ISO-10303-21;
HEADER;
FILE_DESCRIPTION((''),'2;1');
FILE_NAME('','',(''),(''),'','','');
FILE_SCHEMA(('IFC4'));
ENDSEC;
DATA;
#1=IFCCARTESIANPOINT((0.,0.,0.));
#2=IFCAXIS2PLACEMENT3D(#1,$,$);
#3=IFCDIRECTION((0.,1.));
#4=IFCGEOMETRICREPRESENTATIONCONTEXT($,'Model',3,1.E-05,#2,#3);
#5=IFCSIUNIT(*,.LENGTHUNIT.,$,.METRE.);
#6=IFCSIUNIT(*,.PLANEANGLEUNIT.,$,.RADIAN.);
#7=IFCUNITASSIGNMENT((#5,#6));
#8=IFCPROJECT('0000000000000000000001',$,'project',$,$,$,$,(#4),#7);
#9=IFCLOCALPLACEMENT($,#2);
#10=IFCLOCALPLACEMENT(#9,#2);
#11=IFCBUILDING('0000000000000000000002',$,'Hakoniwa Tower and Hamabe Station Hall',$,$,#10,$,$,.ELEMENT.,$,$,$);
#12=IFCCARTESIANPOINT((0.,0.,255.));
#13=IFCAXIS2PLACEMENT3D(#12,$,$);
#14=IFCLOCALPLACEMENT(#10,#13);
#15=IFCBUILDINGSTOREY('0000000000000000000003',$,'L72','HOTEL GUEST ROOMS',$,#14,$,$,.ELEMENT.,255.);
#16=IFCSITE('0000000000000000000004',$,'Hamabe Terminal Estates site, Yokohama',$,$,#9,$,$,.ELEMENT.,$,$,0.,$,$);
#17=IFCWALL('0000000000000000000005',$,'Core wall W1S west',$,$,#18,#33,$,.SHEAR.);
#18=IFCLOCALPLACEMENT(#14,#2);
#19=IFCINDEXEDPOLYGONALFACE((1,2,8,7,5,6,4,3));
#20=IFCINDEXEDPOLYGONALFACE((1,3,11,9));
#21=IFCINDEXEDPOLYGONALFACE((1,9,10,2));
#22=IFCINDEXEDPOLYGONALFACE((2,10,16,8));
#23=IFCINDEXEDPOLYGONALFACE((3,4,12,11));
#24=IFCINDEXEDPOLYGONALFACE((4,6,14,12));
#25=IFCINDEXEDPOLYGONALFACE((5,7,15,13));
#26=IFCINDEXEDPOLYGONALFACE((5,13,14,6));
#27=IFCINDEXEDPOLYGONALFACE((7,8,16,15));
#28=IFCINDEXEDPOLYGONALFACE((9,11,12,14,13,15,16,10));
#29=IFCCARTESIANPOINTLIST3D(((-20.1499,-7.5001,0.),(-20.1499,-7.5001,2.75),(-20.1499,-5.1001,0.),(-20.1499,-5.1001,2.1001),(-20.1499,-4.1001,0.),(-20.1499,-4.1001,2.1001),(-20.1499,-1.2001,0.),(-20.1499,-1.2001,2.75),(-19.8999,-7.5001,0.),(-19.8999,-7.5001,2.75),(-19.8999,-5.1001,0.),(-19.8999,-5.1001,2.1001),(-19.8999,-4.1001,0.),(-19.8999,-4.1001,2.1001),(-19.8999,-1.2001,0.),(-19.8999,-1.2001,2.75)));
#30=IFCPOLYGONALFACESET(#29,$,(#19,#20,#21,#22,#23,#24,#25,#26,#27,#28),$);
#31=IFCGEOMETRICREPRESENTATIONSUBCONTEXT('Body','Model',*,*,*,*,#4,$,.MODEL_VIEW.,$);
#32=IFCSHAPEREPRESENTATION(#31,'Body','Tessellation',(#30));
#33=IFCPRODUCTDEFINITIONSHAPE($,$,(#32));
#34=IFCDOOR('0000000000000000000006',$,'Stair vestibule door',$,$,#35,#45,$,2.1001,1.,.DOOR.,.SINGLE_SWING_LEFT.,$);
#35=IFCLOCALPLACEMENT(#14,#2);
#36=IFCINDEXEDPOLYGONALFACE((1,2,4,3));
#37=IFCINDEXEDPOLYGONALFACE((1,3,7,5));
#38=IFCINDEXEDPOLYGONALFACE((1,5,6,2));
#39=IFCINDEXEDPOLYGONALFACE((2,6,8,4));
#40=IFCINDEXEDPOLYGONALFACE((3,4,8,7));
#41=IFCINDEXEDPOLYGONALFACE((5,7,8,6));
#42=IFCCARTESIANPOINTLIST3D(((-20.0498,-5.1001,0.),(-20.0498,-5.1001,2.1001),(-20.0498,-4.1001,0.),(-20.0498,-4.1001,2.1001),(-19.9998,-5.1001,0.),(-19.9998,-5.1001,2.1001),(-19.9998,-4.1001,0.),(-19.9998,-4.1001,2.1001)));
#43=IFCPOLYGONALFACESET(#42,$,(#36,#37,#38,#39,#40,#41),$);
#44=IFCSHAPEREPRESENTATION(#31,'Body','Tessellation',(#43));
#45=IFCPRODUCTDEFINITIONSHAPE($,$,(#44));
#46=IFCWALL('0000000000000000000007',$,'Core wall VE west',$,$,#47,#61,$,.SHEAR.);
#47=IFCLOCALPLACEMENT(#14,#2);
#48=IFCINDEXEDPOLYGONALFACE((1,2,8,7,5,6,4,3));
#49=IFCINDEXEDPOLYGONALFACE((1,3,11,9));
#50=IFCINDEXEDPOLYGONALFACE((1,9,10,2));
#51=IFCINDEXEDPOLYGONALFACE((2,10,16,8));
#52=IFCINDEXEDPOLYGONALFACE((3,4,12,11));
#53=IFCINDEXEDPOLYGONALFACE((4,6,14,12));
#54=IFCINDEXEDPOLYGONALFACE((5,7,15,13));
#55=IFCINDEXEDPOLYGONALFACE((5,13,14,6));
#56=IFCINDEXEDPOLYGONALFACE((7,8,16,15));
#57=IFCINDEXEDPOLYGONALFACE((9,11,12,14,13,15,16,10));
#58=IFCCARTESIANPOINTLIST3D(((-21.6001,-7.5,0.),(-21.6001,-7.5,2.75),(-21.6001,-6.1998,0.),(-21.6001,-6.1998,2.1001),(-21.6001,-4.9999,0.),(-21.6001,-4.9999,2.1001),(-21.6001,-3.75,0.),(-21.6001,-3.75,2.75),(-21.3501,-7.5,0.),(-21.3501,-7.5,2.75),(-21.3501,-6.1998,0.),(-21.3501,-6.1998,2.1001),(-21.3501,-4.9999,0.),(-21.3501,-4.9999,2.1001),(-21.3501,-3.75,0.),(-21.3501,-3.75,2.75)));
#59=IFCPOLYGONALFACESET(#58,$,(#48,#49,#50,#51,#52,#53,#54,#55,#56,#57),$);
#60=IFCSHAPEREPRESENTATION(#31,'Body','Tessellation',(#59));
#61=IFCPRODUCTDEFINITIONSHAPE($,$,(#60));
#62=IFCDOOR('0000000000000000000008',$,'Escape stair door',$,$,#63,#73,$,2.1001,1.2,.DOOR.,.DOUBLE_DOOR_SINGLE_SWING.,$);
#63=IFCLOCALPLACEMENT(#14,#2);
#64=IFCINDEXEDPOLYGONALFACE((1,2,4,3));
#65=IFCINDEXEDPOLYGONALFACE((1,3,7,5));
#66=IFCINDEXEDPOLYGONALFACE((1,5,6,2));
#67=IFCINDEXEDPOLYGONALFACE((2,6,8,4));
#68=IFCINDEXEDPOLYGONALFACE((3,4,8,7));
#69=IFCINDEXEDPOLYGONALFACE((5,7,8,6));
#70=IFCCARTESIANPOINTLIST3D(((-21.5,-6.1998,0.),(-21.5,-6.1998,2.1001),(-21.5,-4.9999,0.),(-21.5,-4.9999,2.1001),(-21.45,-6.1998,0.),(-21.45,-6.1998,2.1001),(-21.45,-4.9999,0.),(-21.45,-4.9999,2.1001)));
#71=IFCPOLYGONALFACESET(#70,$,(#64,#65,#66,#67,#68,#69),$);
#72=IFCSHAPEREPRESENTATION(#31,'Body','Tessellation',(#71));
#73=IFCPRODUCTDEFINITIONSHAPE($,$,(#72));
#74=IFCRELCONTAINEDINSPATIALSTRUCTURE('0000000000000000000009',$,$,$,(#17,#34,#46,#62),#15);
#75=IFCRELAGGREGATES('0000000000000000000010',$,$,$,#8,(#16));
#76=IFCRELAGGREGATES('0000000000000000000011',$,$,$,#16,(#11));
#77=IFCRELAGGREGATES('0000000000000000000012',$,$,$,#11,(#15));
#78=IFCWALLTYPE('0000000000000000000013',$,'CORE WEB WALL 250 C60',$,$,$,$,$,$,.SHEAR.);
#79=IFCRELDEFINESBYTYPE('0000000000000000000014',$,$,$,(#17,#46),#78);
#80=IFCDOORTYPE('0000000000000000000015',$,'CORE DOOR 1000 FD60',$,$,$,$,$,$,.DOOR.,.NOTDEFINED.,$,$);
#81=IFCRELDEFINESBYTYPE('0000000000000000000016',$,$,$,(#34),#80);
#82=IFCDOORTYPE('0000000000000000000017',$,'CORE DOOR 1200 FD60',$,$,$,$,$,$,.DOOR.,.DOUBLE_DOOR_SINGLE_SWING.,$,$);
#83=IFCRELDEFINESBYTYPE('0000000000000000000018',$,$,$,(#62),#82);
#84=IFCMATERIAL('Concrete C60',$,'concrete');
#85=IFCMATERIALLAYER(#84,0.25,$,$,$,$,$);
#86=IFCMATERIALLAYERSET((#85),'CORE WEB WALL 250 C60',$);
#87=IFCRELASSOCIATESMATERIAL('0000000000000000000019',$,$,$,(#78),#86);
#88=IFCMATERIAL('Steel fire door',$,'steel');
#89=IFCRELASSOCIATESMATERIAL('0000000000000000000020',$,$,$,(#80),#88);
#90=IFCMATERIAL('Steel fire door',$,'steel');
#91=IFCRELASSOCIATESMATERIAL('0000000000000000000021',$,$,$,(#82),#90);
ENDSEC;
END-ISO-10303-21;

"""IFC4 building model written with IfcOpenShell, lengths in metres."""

from ifc_helpers import new_model, si_unit, direction, frame, frame_2d, origin, place, context, subcontext, project, spatial, rectangle, extrude, material, layer, layer_set, type_object, element, fill, save


model = new_model("IFC4")

# Units and contexts
model_context = context("Model", 3, precision=1e-05, world=origin(), true_north=direction((0.0, 1.0)))
body_context = subcontext(model_context, "Body", "Model", "MODEL_VIEW")
ifc_project = project(units=[si_unit("LENGTHUNIT", "METRE"), si_unit("PLANEANGLEUNIT", "RADIAN")], contexts=[model_context])

# Site, building, storey
site_placement = place(None, origin())
site = spatial("IfcSite", under=ifc_project, at=site_placement, Name="Hamabe Terminal Estates site, Yokohama", CompositionType="ELEMENT", RefElevation=0.0)
building_placement = place(site_placement, origin())
building = spatial("IfcBuilding", under=site, at=building_placement, Name="Hakoniwa Tower and Hamabe Station Hall", CompositionType="ELEMENT")
storey_placement = place(building_placement, frame((0.0, 0.0, 255.0)))
storey = spatial("IfcBuildingStorey", under=building, at=storey_placement, Name="L72", Description="HOTEL GUEST ROOMS", CompositionType="ELEMENT", Elevation=255.0)

# Walls, openings, doors
ifc_material_1 = material(Name="Concrete C60", Category="concrete")
ifc_layer_1 = layer(ifc_material_1, 0.25)
ifc_layer_set_1 = layer_set([ifc_layer_1], Name="CORE WEB WALL 250 C60")
wall_type_1 = type_object("IfcWallType", Name="CORE WEB WALL 250 C60", PredefinedType="SHEAR", material=ifc_layer_set_1)
wall_1_placement = place(storey_placement, frame((-20.0249, -7.5, 0.0), z_axis=(0.0, 0.0, 1.0), x_axis=(0.0, 1.0, 0.0)))
wall_1 = element("IfcWall", 1, at=wall_1_placement, inside=storey, type_object=wall_type_1, Name="Core wall W1S west", PredefinedType="SHEAR", context=body_context, shape_type="SweptSolid", body=[
    extrude(rectangle(XDim=6.3, YDim=0.25, at=frame_2d((3.1499, 0.0))), origin(), (0.0, 0.0, 1.0), 2.75),
])
opening_1_placement = place(wall_1_placement, frame((2.3999, 0.0, 0.0)))
opening_1 = element("IfcOpeningElement", 2, at=opening_1_placement, cuts=wall_1, PredefinedType="OPENING", context=body_context, shape_type="SweptSolid", body=[
    extrude(rectangle(XDim=1.0, YDim=2.1001, at=frame_2d((0.5, 1.05))), frame((0.0, 0.135, 0.0), z_axis=(0.0, -1.0, 0.0), x_axis=(1.0, 0.0, 0.0)), (0.0, 0.0, 1.0), 0.27),
])
ifc_material_2 = material(Name="Steel fire door", Category="steel")
door_type_1 = type_object("IfcDoorType", Name="CORE DOOR 1000 FD60", OperationType="NOTDEFINED", PredefinedType="DOOR", material=ifc_material_2)
door_1_placement = place(opening_1_placement, origin())
door_1 = element("IfcDoor", 3, at=door_1_placement, inside=storey, type_object=door_type_1, Name="Stair vestibule door", OperationType="SINGLE_SWING_LEFT", OverallHeight=2.1001, OverallWidth=1.0, PredefinedType="DOOR", context=body_context, shape_type="SweptSolid", body=[
    extrude(rectangle(XDim=1.0, YDim=2.1001, at=frame_2d((0.5, 1.05))), frame((0.0, 0.0249, 0.0), z_axis=(0.0, -1.0, 0.0), x_axis=(1.0, 0.0, 0.0)), (0.0, 0.0, 1.0), 0.05),
])
fill(opening_1, door_1)
wall_2_placement = place(storey_placement, frame((-21.4751, -7.5, 0.0), z_axis=(0.0, 0.0, 1.0), x_axis=(0.0, 1.0, 0.0)))
wall_2 = element("IfcWall", 4, at=wall_2_placement, inside=storey, type_object=wall_type_1, Name="Core wall VE west", PredefinedType="SHEAR", context=body_context, shape_type="SweptSolid", body=[
    extrude(rectangle(XDim=3.75, YDim=0.25, at=frame_2d((1.875, 0.0))), origin(), (0.0, 0.0, 1.0), 2.75),
])
opening_2_placement = place(wall_2_placement, frame((1.3, 0.0, 0.0)))
opening_2 = element("IfcOpeningElement", 5, at=opening_2_placement, cuts=wall_2, PredefinedType="OPENING", context=body_context, shape_type="SweptSolid", body=[
    extrude(rectangle(XDim=1.2, YDim=2.1001, at=frame_2d((0.6001, 1.05))), frame((0.0, 0.135, 0.0), z_axis=(0.0, -1.0, 0.0), x_axis=(1.0, 0.0, 0.0)), (0.0, 0.0, 1.0), 0.27),
])
ifc_material_3 = material(Name="Steel fire door", Category="steel")
door_type_2 = type_object("IfcDoorType", Name="CORE DOOR 1200 FD60", OperationType="DOUBLE_DOOR_SINGLE_SWING", PredefinedType="DOOR", material=ifc_material_3)
door_2_placement = place(opening_2_placement, origin())
door_2 = element("IfcDoor", 6, at=door_2_placement, inside=storey, type_object=door_type_2, Name="Escape stair door", OperationType="DOUBLE_DOOR_SINGLE_SWING", OverallHeight=2.1001, OverallWidth=1.2, PredefinedType="DOOR", context=body_context, shape_type="SweptSolid", body=[
    extrude(rectangle(XDim=1.2, YDim=2.1001, at=frame_2d((0.6001, 1.05))), frame((0.0, 0.0249, 0.0), z_axis=(0.0, -1.0, 0.0), x_axis=(1.0, 0.0, 0.0)), (0.0, 0.0, 1.0), 0.05),
])
fill(opening_2, door_2)

save(model, "model.ifc")
